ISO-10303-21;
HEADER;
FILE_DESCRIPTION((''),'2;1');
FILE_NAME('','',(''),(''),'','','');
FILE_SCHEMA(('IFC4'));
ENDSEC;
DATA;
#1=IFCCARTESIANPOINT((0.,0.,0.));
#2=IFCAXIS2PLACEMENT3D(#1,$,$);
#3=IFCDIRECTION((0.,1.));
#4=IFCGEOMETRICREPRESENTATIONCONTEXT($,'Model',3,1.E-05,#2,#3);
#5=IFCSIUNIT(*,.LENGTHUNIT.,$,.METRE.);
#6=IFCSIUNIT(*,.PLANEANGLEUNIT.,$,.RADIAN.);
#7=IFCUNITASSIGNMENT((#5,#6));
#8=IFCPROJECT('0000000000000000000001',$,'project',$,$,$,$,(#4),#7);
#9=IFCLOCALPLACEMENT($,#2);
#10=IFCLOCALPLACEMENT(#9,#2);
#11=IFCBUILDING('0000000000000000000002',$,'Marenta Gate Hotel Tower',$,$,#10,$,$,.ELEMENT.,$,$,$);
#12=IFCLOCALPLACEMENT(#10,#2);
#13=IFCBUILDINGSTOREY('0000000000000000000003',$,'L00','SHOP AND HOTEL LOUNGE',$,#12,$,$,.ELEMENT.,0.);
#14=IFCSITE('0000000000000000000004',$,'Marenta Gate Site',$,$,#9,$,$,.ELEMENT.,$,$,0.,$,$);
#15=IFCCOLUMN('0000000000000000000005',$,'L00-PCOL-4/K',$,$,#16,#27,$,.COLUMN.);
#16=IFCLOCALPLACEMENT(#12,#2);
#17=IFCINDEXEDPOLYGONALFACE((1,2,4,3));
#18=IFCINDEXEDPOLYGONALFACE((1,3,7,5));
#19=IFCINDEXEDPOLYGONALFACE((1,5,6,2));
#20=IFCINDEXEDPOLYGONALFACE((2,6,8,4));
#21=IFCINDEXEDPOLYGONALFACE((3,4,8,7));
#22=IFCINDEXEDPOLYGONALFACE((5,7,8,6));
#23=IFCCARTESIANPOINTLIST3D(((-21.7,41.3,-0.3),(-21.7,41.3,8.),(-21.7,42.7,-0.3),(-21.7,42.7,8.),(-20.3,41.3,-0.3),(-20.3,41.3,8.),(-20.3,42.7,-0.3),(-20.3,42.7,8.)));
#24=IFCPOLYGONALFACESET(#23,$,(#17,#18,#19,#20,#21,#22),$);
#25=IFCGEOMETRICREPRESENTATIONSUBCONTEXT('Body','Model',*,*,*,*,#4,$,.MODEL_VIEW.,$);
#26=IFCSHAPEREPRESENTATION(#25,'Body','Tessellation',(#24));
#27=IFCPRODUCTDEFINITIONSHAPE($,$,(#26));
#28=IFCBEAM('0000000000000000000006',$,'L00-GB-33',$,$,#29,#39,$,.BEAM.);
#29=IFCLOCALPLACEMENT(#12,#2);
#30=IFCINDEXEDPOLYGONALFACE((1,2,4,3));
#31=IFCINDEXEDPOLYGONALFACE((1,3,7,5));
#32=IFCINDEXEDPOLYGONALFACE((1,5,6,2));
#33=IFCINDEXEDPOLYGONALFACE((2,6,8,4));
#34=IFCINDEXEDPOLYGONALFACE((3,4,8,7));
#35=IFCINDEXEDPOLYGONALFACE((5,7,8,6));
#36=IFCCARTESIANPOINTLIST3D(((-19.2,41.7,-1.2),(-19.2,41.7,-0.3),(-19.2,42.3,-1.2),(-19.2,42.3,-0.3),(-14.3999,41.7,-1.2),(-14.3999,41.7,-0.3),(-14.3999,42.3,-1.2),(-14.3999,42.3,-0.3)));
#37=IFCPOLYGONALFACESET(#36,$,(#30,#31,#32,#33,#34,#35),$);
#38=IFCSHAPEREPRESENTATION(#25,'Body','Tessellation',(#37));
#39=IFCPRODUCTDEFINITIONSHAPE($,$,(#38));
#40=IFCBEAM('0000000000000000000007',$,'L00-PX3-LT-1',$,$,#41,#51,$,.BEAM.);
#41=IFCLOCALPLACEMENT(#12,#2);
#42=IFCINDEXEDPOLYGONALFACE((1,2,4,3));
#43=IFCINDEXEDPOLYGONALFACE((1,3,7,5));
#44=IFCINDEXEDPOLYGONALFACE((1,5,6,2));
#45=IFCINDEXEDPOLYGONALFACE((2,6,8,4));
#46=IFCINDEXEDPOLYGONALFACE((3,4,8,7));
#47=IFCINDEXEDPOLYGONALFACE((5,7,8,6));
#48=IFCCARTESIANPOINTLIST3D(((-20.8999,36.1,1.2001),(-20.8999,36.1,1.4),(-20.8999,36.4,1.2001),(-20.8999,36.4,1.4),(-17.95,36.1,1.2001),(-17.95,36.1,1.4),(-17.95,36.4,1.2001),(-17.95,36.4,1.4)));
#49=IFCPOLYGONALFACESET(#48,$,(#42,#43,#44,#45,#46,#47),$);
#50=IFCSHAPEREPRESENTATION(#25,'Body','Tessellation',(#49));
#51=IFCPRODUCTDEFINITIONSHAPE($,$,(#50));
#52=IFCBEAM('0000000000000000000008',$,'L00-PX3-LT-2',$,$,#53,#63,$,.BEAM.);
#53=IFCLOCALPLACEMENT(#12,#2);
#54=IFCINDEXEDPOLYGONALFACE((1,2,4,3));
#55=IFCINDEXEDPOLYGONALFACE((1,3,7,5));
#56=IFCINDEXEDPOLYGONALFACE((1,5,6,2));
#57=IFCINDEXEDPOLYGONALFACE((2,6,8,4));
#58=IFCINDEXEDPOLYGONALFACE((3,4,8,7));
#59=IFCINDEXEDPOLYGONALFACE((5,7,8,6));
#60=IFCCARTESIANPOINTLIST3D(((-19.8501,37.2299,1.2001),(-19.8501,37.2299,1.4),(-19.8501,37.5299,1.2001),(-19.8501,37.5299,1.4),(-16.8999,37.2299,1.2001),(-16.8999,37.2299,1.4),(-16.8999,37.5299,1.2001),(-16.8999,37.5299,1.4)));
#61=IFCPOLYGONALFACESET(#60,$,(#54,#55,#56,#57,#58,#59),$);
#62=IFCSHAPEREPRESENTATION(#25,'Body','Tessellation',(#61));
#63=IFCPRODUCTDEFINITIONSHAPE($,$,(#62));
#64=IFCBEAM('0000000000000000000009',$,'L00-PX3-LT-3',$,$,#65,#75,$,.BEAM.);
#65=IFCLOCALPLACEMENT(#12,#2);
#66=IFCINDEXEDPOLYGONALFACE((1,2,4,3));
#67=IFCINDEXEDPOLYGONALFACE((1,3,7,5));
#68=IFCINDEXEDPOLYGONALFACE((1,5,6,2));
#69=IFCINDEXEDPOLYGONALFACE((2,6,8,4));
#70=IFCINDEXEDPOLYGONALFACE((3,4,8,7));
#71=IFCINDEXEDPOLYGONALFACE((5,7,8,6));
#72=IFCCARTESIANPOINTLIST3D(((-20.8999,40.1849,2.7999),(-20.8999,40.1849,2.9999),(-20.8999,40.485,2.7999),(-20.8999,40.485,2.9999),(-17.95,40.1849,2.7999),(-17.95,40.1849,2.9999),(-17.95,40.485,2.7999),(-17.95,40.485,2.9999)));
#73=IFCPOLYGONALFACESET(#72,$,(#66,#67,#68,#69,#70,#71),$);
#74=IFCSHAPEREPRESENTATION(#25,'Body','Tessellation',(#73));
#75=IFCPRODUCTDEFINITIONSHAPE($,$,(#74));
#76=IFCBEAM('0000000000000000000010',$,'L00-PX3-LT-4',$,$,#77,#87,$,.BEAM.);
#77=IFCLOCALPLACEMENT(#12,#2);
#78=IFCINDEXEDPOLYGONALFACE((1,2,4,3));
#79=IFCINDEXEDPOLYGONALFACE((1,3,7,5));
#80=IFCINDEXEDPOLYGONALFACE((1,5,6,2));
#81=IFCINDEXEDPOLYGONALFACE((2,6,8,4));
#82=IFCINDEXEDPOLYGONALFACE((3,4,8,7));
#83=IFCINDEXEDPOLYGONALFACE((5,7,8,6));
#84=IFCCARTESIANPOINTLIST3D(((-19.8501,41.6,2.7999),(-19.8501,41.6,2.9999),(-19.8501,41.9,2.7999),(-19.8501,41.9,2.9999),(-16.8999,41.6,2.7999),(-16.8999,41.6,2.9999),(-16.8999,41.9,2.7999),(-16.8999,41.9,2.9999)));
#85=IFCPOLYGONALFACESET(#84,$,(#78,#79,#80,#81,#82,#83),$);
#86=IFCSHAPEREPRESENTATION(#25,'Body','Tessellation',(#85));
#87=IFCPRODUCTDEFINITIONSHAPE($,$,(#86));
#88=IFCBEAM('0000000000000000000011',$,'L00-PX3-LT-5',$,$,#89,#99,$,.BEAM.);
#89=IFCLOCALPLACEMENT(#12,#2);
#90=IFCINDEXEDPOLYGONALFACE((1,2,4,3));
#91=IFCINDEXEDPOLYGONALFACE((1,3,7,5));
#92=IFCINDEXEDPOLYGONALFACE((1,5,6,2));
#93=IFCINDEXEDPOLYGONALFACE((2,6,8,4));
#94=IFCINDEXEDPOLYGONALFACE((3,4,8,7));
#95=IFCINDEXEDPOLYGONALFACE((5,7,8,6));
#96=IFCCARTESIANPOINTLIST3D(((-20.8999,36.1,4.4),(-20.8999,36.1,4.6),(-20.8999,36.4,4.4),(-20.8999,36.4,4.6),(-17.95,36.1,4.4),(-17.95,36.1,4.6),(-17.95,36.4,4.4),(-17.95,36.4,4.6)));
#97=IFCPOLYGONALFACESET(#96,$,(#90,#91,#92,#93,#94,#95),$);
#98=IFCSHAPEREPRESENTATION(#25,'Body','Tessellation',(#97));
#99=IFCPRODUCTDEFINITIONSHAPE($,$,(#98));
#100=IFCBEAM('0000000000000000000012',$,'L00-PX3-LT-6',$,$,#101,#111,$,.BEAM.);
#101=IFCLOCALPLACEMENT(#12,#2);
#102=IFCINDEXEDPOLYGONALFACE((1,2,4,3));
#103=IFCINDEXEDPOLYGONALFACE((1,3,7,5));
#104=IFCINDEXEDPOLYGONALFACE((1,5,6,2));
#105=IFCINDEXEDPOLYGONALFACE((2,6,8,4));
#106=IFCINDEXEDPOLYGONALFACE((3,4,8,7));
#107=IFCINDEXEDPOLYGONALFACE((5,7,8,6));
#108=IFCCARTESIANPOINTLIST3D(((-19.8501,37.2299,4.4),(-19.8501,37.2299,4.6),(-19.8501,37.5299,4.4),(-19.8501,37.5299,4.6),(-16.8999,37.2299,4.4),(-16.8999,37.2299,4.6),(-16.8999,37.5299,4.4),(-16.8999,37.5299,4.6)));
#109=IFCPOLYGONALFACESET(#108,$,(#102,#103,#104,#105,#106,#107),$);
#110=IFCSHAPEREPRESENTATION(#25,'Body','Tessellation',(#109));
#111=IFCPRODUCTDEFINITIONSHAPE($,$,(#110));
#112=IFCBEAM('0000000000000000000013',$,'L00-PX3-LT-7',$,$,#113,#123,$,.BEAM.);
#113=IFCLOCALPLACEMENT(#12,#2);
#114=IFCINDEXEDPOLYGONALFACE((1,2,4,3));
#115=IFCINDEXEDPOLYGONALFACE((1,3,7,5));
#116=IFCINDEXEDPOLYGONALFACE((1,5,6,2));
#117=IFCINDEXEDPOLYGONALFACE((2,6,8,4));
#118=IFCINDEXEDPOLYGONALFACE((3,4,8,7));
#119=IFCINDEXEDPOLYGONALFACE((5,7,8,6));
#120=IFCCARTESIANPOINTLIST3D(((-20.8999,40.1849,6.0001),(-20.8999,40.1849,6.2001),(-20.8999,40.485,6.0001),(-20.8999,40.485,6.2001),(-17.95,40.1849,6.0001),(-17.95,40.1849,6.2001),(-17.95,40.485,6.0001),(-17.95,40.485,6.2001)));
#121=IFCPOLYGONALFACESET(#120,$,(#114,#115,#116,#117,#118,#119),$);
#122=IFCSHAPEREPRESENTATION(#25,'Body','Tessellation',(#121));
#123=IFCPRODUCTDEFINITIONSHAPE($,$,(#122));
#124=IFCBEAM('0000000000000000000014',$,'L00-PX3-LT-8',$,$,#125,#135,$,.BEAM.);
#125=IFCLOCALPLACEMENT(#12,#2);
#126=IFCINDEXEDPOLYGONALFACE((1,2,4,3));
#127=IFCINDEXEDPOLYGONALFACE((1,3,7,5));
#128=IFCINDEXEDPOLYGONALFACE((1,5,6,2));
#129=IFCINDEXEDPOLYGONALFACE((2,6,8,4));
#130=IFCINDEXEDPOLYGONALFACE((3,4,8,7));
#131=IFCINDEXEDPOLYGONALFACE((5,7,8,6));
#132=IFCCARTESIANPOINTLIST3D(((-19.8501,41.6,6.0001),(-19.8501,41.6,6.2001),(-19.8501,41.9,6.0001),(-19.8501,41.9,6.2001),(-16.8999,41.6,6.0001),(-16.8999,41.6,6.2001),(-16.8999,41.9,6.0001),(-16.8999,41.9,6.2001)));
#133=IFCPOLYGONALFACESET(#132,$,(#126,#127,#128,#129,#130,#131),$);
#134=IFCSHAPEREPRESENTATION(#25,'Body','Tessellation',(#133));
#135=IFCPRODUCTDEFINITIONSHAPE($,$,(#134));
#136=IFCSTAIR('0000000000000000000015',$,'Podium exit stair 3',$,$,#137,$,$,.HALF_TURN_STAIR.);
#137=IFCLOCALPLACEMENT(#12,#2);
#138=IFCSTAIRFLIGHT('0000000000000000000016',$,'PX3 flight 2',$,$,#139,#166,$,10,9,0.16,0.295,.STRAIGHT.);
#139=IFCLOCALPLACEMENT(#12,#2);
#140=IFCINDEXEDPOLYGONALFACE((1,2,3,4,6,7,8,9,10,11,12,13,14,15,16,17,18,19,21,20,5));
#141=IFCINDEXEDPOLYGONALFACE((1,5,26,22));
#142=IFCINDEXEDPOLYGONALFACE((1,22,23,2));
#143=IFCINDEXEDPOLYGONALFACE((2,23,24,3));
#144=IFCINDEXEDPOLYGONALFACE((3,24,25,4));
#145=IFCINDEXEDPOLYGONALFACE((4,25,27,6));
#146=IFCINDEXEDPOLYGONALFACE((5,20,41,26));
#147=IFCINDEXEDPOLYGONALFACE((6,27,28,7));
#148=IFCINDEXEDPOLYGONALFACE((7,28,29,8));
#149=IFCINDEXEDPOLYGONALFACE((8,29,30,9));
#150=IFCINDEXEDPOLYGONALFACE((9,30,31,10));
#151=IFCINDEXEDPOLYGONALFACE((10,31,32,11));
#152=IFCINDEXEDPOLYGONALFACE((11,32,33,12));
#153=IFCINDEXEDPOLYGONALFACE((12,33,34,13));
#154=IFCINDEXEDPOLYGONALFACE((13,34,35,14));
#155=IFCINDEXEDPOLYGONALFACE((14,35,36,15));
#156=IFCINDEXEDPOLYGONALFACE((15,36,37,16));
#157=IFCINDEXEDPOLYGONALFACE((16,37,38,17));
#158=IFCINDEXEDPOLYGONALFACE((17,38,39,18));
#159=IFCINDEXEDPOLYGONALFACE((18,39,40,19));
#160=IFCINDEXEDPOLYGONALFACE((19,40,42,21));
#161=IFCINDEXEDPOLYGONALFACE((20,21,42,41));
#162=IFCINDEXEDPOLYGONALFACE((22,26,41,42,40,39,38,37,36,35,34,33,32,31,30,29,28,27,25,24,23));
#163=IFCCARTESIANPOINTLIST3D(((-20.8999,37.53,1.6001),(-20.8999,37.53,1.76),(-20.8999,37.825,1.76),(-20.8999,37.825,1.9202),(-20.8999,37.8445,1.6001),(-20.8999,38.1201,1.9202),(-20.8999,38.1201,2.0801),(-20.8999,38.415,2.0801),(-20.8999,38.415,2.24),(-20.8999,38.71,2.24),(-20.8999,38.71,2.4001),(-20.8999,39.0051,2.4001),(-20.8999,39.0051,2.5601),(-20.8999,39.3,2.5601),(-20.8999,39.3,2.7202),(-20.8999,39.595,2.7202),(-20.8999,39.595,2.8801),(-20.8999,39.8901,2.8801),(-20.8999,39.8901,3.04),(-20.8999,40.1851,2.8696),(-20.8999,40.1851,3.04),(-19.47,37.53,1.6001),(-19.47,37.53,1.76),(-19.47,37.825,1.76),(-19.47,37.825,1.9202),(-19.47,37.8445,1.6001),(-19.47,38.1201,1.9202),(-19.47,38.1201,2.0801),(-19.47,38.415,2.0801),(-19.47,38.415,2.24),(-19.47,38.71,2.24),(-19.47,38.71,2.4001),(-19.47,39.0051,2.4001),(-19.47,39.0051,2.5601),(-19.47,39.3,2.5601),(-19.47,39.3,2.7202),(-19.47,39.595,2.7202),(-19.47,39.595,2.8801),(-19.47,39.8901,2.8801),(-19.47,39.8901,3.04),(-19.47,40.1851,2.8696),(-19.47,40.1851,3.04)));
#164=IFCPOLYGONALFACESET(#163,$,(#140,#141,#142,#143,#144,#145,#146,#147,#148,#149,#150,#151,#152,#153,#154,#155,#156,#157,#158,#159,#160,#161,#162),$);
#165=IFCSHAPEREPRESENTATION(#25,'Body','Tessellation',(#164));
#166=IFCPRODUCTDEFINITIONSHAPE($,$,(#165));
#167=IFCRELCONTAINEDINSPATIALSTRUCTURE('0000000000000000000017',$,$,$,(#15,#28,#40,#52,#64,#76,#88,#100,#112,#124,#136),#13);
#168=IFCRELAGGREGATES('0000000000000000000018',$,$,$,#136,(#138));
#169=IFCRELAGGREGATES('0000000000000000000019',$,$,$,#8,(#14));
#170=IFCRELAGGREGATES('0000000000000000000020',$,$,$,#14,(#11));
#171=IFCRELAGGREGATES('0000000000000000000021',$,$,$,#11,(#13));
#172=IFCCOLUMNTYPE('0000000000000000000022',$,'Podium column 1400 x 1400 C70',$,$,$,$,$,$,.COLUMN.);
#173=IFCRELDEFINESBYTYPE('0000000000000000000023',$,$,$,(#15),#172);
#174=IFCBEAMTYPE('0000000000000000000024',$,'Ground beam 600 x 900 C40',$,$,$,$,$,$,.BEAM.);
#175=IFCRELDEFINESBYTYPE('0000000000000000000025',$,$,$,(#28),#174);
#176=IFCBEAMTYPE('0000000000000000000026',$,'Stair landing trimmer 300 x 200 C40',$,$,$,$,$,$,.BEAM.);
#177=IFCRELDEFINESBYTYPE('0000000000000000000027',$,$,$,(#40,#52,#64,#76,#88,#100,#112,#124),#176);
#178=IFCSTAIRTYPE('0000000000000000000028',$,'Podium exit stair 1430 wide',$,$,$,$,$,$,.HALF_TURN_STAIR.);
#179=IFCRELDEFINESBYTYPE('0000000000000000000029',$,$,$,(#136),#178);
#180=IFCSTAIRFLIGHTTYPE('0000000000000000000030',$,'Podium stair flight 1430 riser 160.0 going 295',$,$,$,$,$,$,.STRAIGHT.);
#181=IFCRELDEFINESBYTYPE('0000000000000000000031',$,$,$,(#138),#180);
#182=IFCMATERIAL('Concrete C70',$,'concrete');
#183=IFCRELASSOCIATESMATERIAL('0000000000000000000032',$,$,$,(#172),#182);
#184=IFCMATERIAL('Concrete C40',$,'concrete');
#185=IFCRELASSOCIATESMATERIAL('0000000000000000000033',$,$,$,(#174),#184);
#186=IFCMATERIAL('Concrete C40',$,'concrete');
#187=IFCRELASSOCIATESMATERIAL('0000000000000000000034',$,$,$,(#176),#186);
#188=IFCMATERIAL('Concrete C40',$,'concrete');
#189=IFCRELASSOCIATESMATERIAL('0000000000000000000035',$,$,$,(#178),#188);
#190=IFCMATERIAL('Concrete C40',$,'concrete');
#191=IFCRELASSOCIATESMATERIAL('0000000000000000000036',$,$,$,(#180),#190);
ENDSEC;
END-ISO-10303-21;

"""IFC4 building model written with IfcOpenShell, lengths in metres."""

from ifc_helpers import new_model, si_unit, direction, frame, origin, origin_2d, place, context, subcontext, project, spatial, polyline, rectangle, outline, extrude, material, material_profile, profile_set, type_object, element, aggregate, save


model = new_model("IFC4")

# Units and contexts
model_context = context("Model", 3, precision=1e-05, world=origin(), true_north=direction((0.0, 1.0)))
body_context = subcontext(model_context, "Body", "Model", "MODEL_VIEW")
ifc_project = project(units=[si_unit("LENGTHUNIT", "METRE"), si_unit("PLANEANGLEUNIT", "RADIAN")], contexts=[model_context])

# Site, building, storey
site_placement = place(None, origin())
site = spatial("IfcSite", under=ifc_project, at=site_placement, Name="Marenta Gate Site", CompositionType="ELEMENT", RefElevation=0.0)
building_placement = place(site_placement, origin())
building = spatial("IfcBuilding", under=site, at=building_placement, Name="Marenta Gate Hotel Tower", CompositionType="ELEMENT")
storey_placement = place(building_placement, origin())
storey = spatial("IfcBuildingStorey", under=building, at=storey_placement, Name="L00", Description="SHOP AND HOTEL LOUNGE", CompositionType="ELEMENT", Elevation=0.0)

# Column
ifc_material_1 = material(Name="Concrete C70", Category="concrete")
ifc_material_profile_1 = material_profile(ifc_material_1, rectangle(XDim=1.3999, YDim=1.3999, at=origin_2d()), Name="1400 x 1400")
ifc_profile_set_1 = profile_set([ifc_material_profile_1], Name="Concrete C70")
column_type = type_object("IfcColumnType", Name="Podium column 1400 x 1400 C70", PredefinedType="COLUMN", material=ifc_profile_set_1)
column_placement = place(storey_placement, frame((-21.0, 42.0, -0.3), z_axis=(0.0, 0.0, 1.0), x_axis=(1.0, 0.0, 0.0)))
element("IfcColumn", 1, at=column_placement, inside=storey, type_object=column_type, Name="L00-PCOL-4/K", PredefinedType="COLUMN", context=body_context, shape_type="SweptSolid", body=[
    extrude(rectangle(XDim=1.3999, YDim=1.3999, at=origin_2d()), origin(), (0.0, 0.0, 1.0), 8.3),
])

# Beams
ifc_material_2 = material(Name="Concrete C40", Category="concrete")
ifc_material_profile_2 = material_profile(ifc_material_2, rectangle(XDim=0.6001, YDim=0.8999, at=origin_2d()), Name="600 x 900")
ifc_profile_set_2 = profile_set([ifc_material_profile_2], Name="Concrete C40")
beam_type_1 = type_object("IfcBeamType", Name="Ground beam 600 x 900 C40", PredefinedType="BEAM", material=ifc_profile_set_2)
beam_1_placement = place(storey_placement, frame((-19.2, 42.0, -0.75), z_axis=(1.0, 0.0, 0.0), x_axis=(0.0, 1.0, 0.0)))
element("IfcBeam", 2, at=beam_1_placement, inside=storey, type_object=beam_type_1, Name="L00-GB-33", PredefinedType="BEAM", context=body_context, shape_type="SweptSolid", body=[
    extrude(rectangle(XDim=0.6001, YDim=0.8999, at=origin_2d()), origin(), (0.0, 0.0, 1.0), 4.8),
])
ifc_material_3 = material(Name="Concrete C40", Category="concrete")
ifc_material_profile_3 = material_profile(ifc_material_3, rectangle(XDim=0.3, YDim=0.2, at=origin_2d()), Name="300 x 200")
ifc_profile_set_3 = profile_set([ifc_material_profile_3], Name="Concrete C40")
beam_type_2 = type_object("IfcBeamType", Name="Stair landing trimmer 300 x 200 C40", PredefinedType="BEAM", material=ifc_profile_set_3)
beam_2_placement = place(storey_placement, frame((-20.8999, 36.25, 1.3), z_axis=(1.0, 0.0, 0.0), x_axis=(0.0, 1.0, 0.0)))
element("IfcBeam", 3, at=beam_2_placement, inside=storey, type_object=beam_type_2, Name="L00-PX3-LT-1", PredefinedType="BEAM", context=body_context, shape_type="SweptSolid", body=[
    extrude(rectangle(XDim=0.3, YDim=0.2, at=origin_2d()), origin(), (0.0, 0.0, 1.0), 2.95),
])
beam_3_placement = place(storey_placement, frame((-19.8501, 37.3799, 1.3), z_axis=(1.0, 0.0, 0.0), x_axis=(0.0, 1.0, 0.0)))
element("IfcBeam", 4, at=beam_3_placement, inside=storey, type_object=beam_type_2, Name="L00-PX3-LT-2", PredefinedType="BEAM", context=body_context, shape_type="SweptSolid", body=[
    extrude(rectangle(XDim=0.3, YDim=0.2, at=origin_2d()), origin(), (0.0, 0.0, 1.0), 2.9502),
])
beam_4_placement = place(storey_placement, frame((-20.8999, 40.335, 2.8999), z_axis=(1.0, 0.0, 0.0), x_axis=(0.0, 1.0, 0.0)))
element("IfcBeam", 5, at=beam_4_placement, inside=storey, type_object=beam_type_2, Name="L00-PX3-LT-3", PredefinedType="BEAM", context=body_context, shape_type="SweptSolid", body=[
    extrude(rectangle(XDim=0.3, YDim=0.2, at=origin_2d()), origin(), (0.0, 0.0, 1.0), 2.95),
])
beam_5_placement = place(storey_placement, frame((-19.8501, 41.75, 2.8999), z_axis=(1.0, 0.0, 0.0), x_axis=(0.0, 1.0, 0.0)))
element("IfcBeam", 6, at=beam_5_placement, inside=storey, type_object=beam_type_2, Name="L00-PX3-LT-4", PredefinedType="BEAM", context=body_context, shape_type="SweptSolid", body=[
    extrude(rectangle(XDim=0.3, YDim=0.2, at=origin_2d()), origin(), (0.0, 0.0, 1.0), 2.9502),
])
beam_6_placement = place(storey_placement, frame((-20.8999, 36.25, 4.5), z_axis=(1.0, 0.0, 0.0), x_axis=(0.0, 1.0, 0.0)))
element("IfcBeam", 7, at=beam_6_placement, inside=storey, type_object=beam_type_2, Name="L00-PX3-LT-5", PredefinedType="BEAM", context=body_context, shape_type="SweptSolid", body=[
    extrude(rectangle(XDim=0.3, YDim=0.2, at=origin_2d()), origin(), (0.0, 0.0, 1.0), 2.95),
])
beam_7_placement = place(storey_placement, frame((-19.8501, 37.3799, 4.5), z_axis=(1.0, 0.0, 0.0), x_axis=(0.0, 1.0, 0.0)))
element("IfcBeam", 8, at=beam_7_placement, inside=storey, type_object=beam_type_2, Name="L00-PX3-LT-6", PredefinedType="BEAM", context=body_context, shape_type="SweptSolid", body=[
    extrude(rectangle(XDim=0.3, YDim=0.2, at=origin_2d()), origin(), (0.0, 0.0, 1.0), 2.9502),
])
beam_8_placement = place(storey_placement, frame((-20.8999, 40.335, 6.1001), z_axis=(1.0, 0.0, 0.0), x_axis=(0.0, 1.0, 0.0)))
element("IfcBeam", 9, at=beam_8_placement, inside=storey, type_object=beam_type_2, Name="L00-PX3-LT-7", PredefinedType="BEAM", context=body_context, shape_type="SweptSolid", body=[
    extrude(rectangle(XDim=0.3, YDim=0.2, at=origin_2d()), origin(), (0.0, 0.0, 1.0), 2.95),
])
beam_9_placement = place(storey_placement, frame((-19.8501, 41.75, 6.1001), z_axis=(1.0, 0.0, 0.0), x_axis=(0.0, 1.0, 0.0)))
element("IfcBeam", 10, at=beam_9_placement, inside=storey, type_object=beam_type_2, Name="L00-PX3-LT-8", PredefinedType="BEAM", context=body_context, shape_type="SweptSolid", body=[
    extrude(rectangle(XDim=0.3, YDim=0.2, at=origin_2d()), origin(), (0.0, 0.0, 1.0), 2.9502),
])

# Stair, stair flight
ifc_material_4 = material(Name="Concrete C40", Category="concrete")
stair_type = type_object("IfcStairType", Name="Podium exit stair 1430 wide", PredefinedType="HALF_TURN_STAIR", material=ifc_material_4)
stair_placement = place(storey_placement, origin())
stair = element("IfcStair", 11, at=stair_placement, inside=storey, type_object=stair_type, Name="Podium exit stair 3", PredefinedType="HALF_TURN_STAIR")
ifc_material_5 = material(Name="Concrete C40", Category="concrete")
stair_flight_type = type_object("IfcStairFlightType", Name="Podium stair flight 1430 riser 160.0 going 295", PredefinedType="STRAIGHT", material=ifc_material_5)
stair_flight_1_placement = place(storey_placement, frame((-20.1851, 37.53, 1.6001), z_axis=(0.0, 0.0, 1.0), x_axis=(0.0, 1.0, 0.0)))
stair_flight_1 = element("IfcStairFlight", 12, at=stair_flight_1_placement, type_object=stair_flight_type, Name="PX3 flight 2", NumberOfRisers=10, NumberOfTreads=9, PredefinedType="STRAIGHT", RiserHeight=0.16, TreadLength=0.295, context=body_context, shape_type="SweptSolid", body=[
    extrude(outline(polyline([(0.0, 0.0), (0.0, 0.1599), (0.2949, 0.1599), (0.2949, 0.3201), (0.5901, 0.3201), (0.5901, 0.48), (0.885, 0.48), (0.885, 0.6399), (1.1799, 0.6399), (1.1799, 0.8), (1.4751, 0.8), (1.4751, 0.96), (1.77, 0.96), (1.77, 1.1201), (2.0649, 1.1201), (2.0649, 1.28), (2.3601, 1.28), (2.3601, 1.4399), (2.655, 1.4399), (2.655, 1.6001), (2.655, 1.2695), (0.3145, 0.0), (0.0, 0.0)])), frame((0.0, 0.7148, 0.0), z_axis=(0.0, -1.0, 0.0), x_axis=(1.0, 0.0, 0.0)), (0.0, 0.0, 1.0), 1.4299),
])
aggregate(stair, [stair_flight_1])

save(model, "model.ifc")
